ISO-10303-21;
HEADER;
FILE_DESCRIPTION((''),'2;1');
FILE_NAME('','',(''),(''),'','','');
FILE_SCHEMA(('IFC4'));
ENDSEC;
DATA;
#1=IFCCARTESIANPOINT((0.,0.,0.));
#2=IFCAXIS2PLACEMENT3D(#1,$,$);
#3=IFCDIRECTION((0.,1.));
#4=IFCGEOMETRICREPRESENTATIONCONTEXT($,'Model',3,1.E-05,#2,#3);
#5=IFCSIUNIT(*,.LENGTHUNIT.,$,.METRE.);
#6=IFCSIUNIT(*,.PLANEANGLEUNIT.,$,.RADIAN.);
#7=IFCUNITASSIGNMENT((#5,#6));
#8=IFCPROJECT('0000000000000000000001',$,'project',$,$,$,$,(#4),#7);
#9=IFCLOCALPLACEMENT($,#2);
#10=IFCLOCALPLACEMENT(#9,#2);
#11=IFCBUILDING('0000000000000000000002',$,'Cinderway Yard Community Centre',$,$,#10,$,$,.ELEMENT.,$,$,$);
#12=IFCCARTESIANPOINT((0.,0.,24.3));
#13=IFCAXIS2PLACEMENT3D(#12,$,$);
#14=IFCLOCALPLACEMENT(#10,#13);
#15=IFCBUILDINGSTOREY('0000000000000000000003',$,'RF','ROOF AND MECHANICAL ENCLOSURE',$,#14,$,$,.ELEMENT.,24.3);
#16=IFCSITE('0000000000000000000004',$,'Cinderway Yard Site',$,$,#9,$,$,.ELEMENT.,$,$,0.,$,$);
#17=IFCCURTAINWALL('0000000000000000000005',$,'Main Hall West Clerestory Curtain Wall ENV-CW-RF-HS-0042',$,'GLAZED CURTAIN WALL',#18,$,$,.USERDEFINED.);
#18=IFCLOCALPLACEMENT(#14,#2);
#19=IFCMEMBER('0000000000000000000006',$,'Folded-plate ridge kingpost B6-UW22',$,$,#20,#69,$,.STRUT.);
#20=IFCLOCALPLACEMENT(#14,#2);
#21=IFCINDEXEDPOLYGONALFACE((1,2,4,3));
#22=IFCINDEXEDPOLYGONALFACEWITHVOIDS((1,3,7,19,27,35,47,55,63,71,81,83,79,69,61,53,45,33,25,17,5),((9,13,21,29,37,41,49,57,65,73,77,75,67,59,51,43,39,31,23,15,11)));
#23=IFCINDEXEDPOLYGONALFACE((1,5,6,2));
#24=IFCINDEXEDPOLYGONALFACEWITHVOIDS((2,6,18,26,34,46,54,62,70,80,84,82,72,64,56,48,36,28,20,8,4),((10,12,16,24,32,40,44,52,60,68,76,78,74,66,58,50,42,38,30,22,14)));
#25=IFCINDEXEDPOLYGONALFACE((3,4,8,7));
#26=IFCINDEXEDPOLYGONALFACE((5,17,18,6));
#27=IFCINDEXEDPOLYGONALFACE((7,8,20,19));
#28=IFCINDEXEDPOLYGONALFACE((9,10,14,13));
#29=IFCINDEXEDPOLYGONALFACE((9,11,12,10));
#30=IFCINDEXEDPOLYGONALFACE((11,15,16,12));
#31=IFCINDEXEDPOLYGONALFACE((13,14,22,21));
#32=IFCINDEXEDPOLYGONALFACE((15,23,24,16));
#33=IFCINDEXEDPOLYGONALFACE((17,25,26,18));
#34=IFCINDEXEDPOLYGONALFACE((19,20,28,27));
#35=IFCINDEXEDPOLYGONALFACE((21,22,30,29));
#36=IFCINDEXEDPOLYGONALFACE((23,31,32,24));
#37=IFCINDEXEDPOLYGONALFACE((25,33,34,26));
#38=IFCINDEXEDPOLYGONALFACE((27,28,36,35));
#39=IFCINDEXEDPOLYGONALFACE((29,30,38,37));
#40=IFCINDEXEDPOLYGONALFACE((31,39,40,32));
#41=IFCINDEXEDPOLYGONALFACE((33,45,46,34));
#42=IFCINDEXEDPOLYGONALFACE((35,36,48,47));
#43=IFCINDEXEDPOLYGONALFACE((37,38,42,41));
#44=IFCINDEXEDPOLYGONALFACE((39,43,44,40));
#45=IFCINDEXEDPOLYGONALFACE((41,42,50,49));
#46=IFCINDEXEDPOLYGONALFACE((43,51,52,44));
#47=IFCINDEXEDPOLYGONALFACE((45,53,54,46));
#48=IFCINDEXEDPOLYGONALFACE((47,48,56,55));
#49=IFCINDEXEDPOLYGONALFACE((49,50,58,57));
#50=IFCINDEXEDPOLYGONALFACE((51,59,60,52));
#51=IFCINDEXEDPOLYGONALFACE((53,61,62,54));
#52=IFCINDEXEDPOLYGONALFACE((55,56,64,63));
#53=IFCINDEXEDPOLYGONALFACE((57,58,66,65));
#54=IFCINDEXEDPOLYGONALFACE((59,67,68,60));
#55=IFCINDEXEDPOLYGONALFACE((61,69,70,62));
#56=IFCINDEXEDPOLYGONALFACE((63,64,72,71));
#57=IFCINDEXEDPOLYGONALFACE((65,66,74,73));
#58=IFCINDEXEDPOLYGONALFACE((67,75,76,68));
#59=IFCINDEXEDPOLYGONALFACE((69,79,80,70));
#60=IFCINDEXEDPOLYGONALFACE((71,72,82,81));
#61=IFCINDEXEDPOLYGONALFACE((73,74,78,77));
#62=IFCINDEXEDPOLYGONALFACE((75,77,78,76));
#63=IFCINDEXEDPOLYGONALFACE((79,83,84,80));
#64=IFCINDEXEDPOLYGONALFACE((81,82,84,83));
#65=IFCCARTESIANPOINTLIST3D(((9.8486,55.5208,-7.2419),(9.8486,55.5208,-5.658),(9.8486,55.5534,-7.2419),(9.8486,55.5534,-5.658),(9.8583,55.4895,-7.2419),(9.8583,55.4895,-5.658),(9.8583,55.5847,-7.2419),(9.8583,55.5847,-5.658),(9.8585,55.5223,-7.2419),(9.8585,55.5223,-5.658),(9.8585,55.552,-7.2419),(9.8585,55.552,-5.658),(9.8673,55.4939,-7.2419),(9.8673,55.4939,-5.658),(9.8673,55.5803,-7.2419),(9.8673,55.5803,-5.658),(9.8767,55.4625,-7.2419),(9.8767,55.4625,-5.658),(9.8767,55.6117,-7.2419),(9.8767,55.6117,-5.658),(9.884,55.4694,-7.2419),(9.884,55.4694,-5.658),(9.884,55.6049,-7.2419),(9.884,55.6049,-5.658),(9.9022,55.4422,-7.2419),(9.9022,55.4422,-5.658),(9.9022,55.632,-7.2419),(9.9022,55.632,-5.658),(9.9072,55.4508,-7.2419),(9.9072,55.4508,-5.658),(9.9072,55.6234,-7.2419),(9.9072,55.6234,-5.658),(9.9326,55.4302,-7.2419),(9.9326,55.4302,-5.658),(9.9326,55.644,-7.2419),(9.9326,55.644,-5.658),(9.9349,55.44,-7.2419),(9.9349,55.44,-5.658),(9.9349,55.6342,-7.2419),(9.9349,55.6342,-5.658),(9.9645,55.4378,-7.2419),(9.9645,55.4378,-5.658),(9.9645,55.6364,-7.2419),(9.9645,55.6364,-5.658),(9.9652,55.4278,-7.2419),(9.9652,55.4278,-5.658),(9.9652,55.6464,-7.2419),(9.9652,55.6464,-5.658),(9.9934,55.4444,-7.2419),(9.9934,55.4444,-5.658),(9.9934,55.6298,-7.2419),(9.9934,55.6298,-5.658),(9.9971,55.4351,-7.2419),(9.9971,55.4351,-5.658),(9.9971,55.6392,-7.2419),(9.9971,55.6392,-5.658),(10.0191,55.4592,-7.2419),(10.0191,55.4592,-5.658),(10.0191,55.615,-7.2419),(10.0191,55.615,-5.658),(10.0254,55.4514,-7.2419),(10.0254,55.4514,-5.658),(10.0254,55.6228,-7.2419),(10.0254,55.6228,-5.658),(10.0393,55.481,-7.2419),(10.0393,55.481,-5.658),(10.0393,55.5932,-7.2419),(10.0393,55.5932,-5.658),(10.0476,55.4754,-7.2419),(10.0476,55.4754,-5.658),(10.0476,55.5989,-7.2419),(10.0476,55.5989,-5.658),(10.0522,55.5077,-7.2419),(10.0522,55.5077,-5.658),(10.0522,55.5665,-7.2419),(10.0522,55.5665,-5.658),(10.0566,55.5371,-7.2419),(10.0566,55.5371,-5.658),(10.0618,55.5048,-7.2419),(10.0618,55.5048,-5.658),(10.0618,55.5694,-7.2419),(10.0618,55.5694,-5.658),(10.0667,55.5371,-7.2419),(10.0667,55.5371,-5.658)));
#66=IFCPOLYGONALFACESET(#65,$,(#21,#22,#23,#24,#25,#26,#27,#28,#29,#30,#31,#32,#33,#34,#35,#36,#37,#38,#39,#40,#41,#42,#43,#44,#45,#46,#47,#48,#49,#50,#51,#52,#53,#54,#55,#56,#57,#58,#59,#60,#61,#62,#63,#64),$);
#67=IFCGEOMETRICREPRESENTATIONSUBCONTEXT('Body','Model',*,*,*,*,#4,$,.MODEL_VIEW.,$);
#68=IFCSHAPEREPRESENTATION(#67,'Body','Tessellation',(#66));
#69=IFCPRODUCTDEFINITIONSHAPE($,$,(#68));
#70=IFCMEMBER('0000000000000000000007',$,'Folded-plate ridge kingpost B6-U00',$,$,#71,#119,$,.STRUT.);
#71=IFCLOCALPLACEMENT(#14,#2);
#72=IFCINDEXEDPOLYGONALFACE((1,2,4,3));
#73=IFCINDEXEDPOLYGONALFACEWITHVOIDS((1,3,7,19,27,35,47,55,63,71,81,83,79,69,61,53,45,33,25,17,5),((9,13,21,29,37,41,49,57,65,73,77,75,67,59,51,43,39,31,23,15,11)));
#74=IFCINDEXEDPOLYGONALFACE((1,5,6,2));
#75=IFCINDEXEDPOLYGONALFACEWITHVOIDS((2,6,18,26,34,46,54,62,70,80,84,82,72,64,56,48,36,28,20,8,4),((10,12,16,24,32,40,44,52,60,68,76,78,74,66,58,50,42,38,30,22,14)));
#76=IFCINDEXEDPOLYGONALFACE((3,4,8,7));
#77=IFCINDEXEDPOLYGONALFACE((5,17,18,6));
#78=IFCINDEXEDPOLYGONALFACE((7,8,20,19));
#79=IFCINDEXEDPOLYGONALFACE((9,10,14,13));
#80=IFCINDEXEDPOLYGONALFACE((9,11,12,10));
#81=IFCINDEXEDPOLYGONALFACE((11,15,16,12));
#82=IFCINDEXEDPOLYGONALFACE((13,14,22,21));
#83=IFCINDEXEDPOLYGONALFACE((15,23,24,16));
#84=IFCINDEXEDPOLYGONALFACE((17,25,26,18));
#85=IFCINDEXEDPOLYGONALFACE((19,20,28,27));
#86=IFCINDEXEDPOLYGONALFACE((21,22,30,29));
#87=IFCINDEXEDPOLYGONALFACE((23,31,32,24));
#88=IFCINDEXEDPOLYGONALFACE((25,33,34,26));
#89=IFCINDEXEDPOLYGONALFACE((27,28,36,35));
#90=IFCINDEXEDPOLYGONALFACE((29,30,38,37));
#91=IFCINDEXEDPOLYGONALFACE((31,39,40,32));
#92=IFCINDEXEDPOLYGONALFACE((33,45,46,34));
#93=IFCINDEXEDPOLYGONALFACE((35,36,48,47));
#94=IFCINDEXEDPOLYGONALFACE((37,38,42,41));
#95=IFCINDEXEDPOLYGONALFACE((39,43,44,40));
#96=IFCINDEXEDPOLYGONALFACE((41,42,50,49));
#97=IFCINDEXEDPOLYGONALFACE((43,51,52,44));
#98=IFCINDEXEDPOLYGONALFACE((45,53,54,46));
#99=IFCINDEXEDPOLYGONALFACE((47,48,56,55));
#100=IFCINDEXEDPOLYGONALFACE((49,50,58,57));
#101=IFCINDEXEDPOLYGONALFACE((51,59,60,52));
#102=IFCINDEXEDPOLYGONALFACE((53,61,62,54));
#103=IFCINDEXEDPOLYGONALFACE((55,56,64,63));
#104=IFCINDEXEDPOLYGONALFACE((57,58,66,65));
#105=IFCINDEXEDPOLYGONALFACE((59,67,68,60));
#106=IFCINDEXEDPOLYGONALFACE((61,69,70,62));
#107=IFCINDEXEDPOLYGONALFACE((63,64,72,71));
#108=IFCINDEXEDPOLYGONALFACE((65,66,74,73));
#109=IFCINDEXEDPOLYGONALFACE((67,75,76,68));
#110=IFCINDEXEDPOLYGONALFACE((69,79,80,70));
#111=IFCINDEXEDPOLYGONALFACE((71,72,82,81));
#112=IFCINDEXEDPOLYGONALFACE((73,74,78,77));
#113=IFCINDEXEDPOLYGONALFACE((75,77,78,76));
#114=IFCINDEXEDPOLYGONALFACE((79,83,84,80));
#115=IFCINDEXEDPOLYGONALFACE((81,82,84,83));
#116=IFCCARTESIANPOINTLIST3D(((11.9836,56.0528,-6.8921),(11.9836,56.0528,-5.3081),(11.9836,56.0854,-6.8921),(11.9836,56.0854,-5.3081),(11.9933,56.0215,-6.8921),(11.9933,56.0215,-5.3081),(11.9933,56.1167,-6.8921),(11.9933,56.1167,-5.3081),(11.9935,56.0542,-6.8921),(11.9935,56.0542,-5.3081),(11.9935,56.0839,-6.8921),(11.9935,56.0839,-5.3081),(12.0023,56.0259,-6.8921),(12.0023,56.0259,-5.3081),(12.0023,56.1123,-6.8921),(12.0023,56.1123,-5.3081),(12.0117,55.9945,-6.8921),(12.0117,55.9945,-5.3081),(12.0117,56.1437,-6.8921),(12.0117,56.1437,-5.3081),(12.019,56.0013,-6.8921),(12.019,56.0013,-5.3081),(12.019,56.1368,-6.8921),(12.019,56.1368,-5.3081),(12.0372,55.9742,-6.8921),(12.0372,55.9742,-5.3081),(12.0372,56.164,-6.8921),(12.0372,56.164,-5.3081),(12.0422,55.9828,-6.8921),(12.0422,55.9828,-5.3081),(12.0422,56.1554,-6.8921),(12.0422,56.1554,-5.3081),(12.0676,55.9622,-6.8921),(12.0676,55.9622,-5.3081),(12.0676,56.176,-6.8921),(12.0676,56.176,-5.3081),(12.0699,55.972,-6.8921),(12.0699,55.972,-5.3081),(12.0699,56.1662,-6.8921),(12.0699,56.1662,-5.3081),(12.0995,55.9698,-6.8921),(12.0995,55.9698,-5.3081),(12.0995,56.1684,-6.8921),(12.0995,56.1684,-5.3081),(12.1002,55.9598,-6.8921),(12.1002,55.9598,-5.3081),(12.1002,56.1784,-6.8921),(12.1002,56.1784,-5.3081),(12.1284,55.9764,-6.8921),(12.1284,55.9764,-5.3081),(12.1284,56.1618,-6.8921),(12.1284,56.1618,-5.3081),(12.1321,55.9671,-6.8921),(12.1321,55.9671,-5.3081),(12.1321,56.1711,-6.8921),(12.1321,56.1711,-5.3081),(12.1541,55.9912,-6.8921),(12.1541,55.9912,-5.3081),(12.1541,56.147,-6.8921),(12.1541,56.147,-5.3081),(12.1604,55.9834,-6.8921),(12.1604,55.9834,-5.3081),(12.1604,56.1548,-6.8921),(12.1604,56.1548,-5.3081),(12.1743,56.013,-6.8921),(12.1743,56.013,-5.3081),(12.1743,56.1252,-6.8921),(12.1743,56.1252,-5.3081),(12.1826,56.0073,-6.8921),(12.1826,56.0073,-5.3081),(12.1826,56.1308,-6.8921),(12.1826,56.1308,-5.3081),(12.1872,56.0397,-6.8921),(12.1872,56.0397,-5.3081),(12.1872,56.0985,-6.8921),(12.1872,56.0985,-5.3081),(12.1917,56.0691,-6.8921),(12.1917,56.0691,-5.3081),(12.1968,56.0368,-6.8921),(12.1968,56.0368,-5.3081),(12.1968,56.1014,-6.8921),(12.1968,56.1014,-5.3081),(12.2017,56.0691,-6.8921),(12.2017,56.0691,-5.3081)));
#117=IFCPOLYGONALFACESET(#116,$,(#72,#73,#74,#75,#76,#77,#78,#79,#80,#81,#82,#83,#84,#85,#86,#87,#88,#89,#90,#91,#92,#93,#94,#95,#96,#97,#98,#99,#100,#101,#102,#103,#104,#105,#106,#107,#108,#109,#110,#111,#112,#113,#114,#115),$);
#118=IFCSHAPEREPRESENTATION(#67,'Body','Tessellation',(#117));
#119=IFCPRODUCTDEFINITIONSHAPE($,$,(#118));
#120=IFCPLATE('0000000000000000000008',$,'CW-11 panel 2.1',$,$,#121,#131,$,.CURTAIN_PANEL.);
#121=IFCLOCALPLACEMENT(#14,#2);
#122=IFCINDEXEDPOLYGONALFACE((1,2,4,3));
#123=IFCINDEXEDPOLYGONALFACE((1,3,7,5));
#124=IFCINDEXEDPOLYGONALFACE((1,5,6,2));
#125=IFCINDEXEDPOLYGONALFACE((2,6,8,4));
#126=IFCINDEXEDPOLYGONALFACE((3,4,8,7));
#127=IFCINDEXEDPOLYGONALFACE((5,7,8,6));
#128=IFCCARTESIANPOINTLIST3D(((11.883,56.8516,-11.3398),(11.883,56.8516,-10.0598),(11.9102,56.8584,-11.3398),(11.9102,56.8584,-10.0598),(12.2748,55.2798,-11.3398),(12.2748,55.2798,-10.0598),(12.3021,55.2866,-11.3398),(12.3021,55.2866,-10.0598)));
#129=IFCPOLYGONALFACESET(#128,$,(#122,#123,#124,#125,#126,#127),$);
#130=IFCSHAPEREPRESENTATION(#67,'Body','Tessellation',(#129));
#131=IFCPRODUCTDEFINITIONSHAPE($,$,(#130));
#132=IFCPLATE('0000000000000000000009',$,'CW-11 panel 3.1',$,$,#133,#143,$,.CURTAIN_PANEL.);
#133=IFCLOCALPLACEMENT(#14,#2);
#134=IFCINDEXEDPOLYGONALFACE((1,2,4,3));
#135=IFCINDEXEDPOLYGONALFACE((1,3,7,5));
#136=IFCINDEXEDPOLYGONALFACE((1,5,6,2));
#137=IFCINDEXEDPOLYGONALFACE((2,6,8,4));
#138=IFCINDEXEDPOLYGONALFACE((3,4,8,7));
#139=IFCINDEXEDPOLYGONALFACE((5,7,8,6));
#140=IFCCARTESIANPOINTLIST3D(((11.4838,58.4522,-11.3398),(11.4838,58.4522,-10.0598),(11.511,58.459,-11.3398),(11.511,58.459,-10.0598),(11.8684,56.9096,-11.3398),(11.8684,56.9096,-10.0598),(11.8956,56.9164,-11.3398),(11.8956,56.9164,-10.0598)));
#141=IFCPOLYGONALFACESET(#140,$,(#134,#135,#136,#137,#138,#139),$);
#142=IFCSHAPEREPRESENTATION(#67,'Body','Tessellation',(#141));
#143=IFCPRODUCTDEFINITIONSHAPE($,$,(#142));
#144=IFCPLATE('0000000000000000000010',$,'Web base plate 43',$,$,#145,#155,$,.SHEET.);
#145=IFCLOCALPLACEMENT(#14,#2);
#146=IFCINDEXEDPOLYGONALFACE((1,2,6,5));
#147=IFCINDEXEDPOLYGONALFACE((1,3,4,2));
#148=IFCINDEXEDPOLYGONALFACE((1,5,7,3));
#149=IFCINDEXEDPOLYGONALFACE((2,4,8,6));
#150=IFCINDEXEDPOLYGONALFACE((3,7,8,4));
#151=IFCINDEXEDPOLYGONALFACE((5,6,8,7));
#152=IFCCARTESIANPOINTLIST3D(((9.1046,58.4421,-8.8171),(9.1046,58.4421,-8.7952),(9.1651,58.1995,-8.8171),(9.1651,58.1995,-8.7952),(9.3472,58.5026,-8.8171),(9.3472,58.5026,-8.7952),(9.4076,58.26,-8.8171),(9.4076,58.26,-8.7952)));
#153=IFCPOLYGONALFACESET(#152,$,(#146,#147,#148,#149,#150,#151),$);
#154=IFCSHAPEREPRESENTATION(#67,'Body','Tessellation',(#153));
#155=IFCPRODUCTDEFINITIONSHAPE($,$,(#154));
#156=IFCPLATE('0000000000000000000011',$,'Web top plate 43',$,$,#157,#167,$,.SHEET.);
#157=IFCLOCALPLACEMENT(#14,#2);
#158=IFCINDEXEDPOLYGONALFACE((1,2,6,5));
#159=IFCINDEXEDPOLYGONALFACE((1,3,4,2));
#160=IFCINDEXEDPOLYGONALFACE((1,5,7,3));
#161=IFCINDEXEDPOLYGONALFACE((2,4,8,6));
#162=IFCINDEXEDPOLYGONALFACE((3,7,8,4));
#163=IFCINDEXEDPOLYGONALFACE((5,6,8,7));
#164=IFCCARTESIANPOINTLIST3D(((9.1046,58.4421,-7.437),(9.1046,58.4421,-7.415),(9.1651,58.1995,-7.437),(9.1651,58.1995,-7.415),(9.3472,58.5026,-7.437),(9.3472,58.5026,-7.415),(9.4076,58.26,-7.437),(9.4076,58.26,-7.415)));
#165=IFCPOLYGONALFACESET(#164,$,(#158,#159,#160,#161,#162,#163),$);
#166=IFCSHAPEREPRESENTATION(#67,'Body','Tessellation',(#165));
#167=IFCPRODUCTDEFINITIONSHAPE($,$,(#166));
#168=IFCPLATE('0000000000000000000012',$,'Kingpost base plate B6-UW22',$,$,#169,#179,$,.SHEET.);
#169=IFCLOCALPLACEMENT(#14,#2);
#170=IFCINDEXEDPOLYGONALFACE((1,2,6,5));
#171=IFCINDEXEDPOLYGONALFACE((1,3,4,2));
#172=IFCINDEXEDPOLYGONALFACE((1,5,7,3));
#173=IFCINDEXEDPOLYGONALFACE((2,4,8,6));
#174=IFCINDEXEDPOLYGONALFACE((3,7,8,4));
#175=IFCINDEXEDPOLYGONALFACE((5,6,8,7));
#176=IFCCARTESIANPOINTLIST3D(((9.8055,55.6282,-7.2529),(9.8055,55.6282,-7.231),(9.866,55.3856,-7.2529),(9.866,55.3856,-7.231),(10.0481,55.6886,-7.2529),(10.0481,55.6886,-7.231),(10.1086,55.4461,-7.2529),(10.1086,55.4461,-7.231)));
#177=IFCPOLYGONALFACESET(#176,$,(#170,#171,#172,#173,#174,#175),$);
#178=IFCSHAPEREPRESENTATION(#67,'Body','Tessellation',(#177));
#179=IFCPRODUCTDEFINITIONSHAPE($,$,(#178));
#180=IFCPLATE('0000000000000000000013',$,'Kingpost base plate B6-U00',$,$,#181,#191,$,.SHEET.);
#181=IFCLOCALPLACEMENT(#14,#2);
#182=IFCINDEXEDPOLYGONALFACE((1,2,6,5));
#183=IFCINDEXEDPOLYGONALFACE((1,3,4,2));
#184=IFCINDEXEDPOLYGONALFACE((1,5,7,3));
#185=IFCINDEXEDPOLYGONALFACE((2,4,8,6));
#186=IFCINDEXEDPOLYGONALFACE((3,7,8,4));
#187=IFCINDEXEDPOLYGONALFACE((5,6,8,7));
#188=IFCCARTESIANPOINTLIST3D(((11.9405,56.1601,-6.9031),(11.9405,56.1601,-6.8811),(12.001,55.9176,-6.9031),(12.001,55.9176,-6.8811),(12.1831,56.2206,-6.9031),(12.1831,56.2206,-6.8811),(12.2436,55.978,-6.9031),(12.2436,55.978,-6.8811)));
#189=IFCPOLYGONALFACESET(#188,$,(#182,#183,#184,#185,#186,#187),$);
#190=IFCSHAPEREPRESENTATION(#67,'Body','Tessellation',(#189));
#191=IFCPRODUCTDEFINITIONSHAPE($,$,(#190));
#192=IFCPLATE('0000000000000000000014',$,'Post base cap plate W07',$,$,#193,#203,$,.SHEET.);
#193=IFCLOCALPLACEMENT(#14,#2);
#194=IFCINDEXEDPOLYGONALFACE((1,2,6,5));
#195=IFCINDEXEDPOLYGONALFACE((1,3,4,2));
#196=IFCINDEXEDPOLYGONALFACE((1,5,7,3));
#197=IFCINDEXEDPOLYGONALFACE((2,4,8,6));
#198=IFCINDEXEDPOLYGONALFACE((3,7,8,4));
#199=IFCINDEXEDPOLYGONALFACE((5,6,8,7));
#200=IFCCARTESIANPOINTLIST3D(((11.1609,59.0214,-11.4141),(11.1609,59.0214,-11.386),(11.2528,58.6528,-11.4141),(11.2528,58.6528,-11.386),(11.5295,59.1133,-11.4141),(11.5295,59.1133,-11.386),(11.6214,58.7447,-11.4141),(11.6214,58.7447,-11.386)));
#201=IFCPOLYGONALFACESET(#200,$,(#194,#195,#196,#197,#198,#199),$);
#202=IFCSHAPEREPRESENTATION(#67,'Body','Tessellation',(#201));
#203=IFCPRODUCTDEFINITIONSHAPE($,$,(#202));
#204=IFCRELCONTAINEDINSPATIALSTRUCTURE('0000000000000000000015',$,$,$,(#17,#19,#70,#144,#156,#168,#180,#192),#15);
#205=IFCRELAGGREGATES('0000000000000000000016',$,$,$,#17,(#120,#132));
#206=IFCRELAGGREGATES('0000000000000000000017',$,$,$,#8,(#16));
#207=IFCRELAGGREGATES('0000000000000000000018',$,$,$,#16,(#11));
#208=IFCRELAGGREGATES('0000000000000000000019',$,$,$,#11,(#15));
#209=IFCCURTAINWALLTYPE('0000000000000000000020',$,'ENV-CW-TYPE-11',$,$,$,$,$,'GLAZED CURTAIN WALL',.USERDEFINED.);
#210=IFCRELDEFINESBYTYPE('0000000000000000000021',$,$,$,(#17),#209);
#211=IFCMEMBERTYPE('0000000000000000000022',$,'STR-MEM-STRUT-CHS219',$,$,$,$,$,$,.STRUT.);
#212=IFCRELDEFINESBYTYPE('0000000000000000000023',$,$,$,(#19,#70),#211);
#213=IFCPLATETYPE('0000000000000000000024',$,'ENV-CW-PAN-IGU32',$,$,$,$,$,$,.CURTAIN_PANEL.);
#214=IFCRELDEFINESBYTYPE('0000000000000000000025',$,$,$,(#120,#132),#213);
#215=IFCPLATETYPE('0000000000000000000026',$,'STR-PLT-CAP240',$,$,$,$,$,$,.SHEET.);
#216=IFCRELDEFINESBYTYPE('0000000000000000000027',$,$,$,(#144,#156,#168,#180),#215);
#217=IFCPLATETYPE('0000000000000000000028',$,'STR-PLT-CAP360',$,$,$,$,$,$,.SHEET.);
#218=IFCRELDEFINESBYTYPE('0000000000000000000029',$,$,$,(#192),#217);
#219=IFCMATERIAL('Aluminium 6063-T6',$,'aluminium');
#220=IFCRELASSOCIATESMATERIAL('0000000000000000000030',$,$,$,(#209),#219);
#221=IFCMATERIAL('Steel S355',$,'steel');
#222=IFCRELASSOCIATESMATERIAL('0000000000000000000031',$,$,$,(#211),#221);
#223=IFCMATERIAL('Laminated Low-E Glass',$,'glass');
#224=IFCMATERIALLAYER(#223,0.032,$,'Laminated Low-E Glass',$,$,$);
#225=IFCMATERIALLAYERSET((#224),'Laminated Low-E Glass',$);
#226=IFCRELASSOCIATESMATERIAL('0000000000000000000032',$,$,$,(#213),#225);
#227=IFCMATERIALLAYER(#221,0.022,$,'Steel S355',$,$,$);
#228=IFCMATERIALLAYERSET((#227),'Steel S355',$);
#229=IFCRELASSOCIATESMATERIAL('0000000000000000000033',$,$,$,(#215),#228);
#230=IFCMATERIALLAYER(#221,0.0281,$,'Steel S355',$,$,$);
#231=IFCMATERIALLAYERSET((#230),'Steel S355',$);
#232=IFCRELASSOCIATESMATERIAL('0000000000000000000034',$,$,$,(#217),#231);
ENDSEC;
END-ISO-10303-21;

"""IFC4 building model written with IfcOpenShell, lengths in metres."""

from ifc_helpers import new_model, si_unit, direction, frame, origin, origin_2d, place, context, subcontext, project, spatial, rectangle, hollow_circle, extrude, material, layer, layer_set, material_profile, profile_set, type_object, element, aggregate, save


model = new_model("IFC4")

# Units and contexts
model_context = context("Model", 3, precision=1e-05, world=origin(), true_north=direction((0.0, 1.0)))
body_context = subcontext(model_context, "Body", "Model", "MODEL_VIEW")
ifc_project = project(units=[si_unit("LENGTHUNIT", "METRE"), si_unit("PLANEANGLEUNIT", "RADIAN")], contexts=[model_context])

# Site, building, storey
site_placement = place(None, origin())
site = spatial("IfcSite", under=ifc_project, at=site_placement, Name="Cinderway Yard Site", CompositionType="ELEMENT", RefElevation=0.0)
building_placement = place(site_placement, origin())
building = spatial("IfcBuilding", under=site, at=building_placement, Name="Cinderway Yard Community Centre", CompositionType="ELEMENT")
storey_placement = place(building_placement, frame((0.0, 0.0, 24.3)))
storey = spatial("IfcBuildingStorey", under=building, at=storey_placement, Name="RF", Description="ROOF AND MECHANICAL ENCLOSURE", CompositionType="ELEMENT", Elevation=24.3)

# Shared definitions
ifc_material_1 = material(Name="Steel S355", Category="steel")

# Curtain wall
ifc_material_2 = material(Name="Aluminium 6063-T6", Category="aluminium")
curtain_wall_type = type_object("IfcCurtainWallType", Name="ENV-CW-TYPE-11", ElementType="GLAZED CURTAIN WALL", PredefinedType="USERDEFINED", material=ifc_material_2)
curtain_wall_placement = place(storey_placement, origin())
curtain_wall = element("IfcCurtainWall", 1, at=curtain_wall_placement, inside=storey, type_object=curtain_wall_type, Name="Main Hall West Clerestory Curtain Wall ENV-CW-RF-HS-0042", ObjectType="GLAZED CURTAIN WALL", PredefinedType="USERDEFINED")

# Members
ifc_material_profile_1 = material_profile(ifc_material_1, hollow_circle(Radius=0.1096, WallThickness=0.01, at=origin_2d()), Name="Steel S355")
ifc_profile_set_1 = profile_set([ifc_material_profile_1], Name="Steel S355")
member_type_1 = type_object("IfcMemberType", Name="STR-MEM-STRUT-CHS219", PredefinedType="STRUT", material=ifc_profile_set_1)
for number, where, z_axis, x_axis, name in (
    (2, (9.957, 55.5371, -7.2419), (0.0, 0.0, 1.0), (1.0, 0.0, 0.0), "Folded-plate ridge kingpost B6-UW22"),
    (3, (12.092, 56.0691, -6.8921), (0.0, 0.0, 1.0), (1.0, 0.0, 0.0), "Folded-plate ridge kingpost B6-U00"),
):
    element("IfcMember", number, at=place(storey_placement, frame(where, z_axis=z_axis, x_axis=x_axis)), inside=storey, type_object=member_type_1, Name=name, PredefinedType="STRUT", context=body_context, shape_type="SweptSolid", body=[
        extrude(hollow_circle(Radius=0.1096, WallThickness=0.01, at=origin_2d()), origin(), (0.0, 0.0, 1.0), 1.584),
    ])

# Plates
ifc_material_3 = material(Name="Laminated Low-E Glass", Category="glass")
ifc_layer_1 = layer(ifc_material_3, 0.032, Name="Laminated Low-E Glass")
ifc_layer_set_1 = layer_set([ifc_layer_1], Name="Laminated Low-E Glass")
plate_type_1 = type_object("IfcPlateType", Name="ENV-CW-PAN-IGU32", PredefinedType="CURTAIN_PANEL", material=ifc_layer_set_1)
plate_1_placement = place(storey_placement, frame((12.0925, 56.0691, -11.3398), z_axis=(0.0, 0.0, 1.0), x_axis=(-0.241882, 0.970306, 0.0)))
plate_1 = element("IfcPlate", 4, at=plate_1_placement, type_object=plate_type_1, Name="CW-11 panel 2.1", PredefinedType="CURTAIN_PANEL", context=body_context, shape_type="SweptSolid", body=[
    extrude(rectangle(XDim=1.6199, YDim=0.0281, at=origin_2d()), origin(), (0.0, 0.0, 1.0), 1.28),
])
plate_2_placement = place(storey_placement, frame((11.6897, 57.6843, -11.3398), z_axis=(0.0, 0.0, 1.0), x_axis=(-0.241882, 0.970306, 0.0)))
plate_2 = element("IfcPlate", 5, at=plate_2_placement, type_object=plate_type_1, Name="CW-11 panel 3.1", PredefinedType="CURTAIN_PANEL", context=body_context, shape_type="SweptSolid", body=[
    extrude(rectangle(XDim=1.5898, YDim=0.0281, at=origin_2d()), origin(), (0.0, 0.0, 1.0), 1.28),
])
aggregate(curtain_wall, [plate_1, plate_2])

# Plates
ifc_layer_2 = layer(ifc_material_1, 0.022, Name="Steel S355")
ifc_layer_set_2 = layer_set([ifc_layer_2], Name="Steel S355")
plate_type_2 = type_object("IfcPlateType", Name="STR-PLT-CAP240", PredefinedType="SHEET", material=ifc_layer_set_2)
for number, where, z_axis, x_axis, name in (
    (6, (9.2561, 58.3511, -8.8171), (0.0, 0.0, 1.0), (0.970296, 0.241922, 0.0), "Web base plate 43"),
    (7, (9.2561, 58.3511, -7.437), (0.0, 0.0, 1.0), (0.970296, 0.241922, 0.0), "Web top plate 43"),
    (8, (9.957, 55.5371, -7.2529), (0.0, 0.0, 1.0), (0.970296, 0.241922, 0.0), "Kingpost base plate B6-UW22"),
    (9, (12.092, 56.0691, -6.9031), (0.0, 0.0, 1.0), (0.970296, 0.241922, 0.0), "Kingpost base plate B6-U00"),
):
    element("IfcPlate", number, at=place(storey_placement, frame(where, z_axis=z_axis, x_axis=x_axis)), inside=storey, type_object=plate_type_2, Name=name, PredefinedType="SHEET", context=body_context, shape_type="SweptSolid", body=[
        extrude(rectangle(XDim=0.25, YDim=0.25, at=origin_2d()), origin(), (0.0, 0.0, 1.0), 0.022),
    ])
ifc_layer_3 = layer(ifc_material_1, 0.0281, Name="Steel S355")
ifc_layer_set_3 = layer_set([ifc_layer_3], Name="Steel S355")
plate_type_3 = type_object("IfcPlateType", Name="STR-PLT-CAP360", PredefinedType="SHEET", material=ifc_layer_set_3)
for number, where, z_axis, x_axis, name in (
    (10, (11.3911, 58.8831, -11.4141), (0.0, 0.0, 1.0), (0.970296, 0.241922, 0.0), "Post base cap plate W07"),
):
    element("IfcPlate", number, at=place(storey_placement, frame(where, z_axis=z_axis, x_axis=x_axis)), inside=storey, type_object=plate_type_3, Name=name, PredefinedType="SHEET", context=body_context, shape_type="SweptSolid", body=[
        extrude(rectangle(XDim=0.3799, YDim=0.3799, at=origin_2d()), origin(), (0.0, 0.0, 1.0), 0.0281),
    ])

save(model, "model.ifc")
